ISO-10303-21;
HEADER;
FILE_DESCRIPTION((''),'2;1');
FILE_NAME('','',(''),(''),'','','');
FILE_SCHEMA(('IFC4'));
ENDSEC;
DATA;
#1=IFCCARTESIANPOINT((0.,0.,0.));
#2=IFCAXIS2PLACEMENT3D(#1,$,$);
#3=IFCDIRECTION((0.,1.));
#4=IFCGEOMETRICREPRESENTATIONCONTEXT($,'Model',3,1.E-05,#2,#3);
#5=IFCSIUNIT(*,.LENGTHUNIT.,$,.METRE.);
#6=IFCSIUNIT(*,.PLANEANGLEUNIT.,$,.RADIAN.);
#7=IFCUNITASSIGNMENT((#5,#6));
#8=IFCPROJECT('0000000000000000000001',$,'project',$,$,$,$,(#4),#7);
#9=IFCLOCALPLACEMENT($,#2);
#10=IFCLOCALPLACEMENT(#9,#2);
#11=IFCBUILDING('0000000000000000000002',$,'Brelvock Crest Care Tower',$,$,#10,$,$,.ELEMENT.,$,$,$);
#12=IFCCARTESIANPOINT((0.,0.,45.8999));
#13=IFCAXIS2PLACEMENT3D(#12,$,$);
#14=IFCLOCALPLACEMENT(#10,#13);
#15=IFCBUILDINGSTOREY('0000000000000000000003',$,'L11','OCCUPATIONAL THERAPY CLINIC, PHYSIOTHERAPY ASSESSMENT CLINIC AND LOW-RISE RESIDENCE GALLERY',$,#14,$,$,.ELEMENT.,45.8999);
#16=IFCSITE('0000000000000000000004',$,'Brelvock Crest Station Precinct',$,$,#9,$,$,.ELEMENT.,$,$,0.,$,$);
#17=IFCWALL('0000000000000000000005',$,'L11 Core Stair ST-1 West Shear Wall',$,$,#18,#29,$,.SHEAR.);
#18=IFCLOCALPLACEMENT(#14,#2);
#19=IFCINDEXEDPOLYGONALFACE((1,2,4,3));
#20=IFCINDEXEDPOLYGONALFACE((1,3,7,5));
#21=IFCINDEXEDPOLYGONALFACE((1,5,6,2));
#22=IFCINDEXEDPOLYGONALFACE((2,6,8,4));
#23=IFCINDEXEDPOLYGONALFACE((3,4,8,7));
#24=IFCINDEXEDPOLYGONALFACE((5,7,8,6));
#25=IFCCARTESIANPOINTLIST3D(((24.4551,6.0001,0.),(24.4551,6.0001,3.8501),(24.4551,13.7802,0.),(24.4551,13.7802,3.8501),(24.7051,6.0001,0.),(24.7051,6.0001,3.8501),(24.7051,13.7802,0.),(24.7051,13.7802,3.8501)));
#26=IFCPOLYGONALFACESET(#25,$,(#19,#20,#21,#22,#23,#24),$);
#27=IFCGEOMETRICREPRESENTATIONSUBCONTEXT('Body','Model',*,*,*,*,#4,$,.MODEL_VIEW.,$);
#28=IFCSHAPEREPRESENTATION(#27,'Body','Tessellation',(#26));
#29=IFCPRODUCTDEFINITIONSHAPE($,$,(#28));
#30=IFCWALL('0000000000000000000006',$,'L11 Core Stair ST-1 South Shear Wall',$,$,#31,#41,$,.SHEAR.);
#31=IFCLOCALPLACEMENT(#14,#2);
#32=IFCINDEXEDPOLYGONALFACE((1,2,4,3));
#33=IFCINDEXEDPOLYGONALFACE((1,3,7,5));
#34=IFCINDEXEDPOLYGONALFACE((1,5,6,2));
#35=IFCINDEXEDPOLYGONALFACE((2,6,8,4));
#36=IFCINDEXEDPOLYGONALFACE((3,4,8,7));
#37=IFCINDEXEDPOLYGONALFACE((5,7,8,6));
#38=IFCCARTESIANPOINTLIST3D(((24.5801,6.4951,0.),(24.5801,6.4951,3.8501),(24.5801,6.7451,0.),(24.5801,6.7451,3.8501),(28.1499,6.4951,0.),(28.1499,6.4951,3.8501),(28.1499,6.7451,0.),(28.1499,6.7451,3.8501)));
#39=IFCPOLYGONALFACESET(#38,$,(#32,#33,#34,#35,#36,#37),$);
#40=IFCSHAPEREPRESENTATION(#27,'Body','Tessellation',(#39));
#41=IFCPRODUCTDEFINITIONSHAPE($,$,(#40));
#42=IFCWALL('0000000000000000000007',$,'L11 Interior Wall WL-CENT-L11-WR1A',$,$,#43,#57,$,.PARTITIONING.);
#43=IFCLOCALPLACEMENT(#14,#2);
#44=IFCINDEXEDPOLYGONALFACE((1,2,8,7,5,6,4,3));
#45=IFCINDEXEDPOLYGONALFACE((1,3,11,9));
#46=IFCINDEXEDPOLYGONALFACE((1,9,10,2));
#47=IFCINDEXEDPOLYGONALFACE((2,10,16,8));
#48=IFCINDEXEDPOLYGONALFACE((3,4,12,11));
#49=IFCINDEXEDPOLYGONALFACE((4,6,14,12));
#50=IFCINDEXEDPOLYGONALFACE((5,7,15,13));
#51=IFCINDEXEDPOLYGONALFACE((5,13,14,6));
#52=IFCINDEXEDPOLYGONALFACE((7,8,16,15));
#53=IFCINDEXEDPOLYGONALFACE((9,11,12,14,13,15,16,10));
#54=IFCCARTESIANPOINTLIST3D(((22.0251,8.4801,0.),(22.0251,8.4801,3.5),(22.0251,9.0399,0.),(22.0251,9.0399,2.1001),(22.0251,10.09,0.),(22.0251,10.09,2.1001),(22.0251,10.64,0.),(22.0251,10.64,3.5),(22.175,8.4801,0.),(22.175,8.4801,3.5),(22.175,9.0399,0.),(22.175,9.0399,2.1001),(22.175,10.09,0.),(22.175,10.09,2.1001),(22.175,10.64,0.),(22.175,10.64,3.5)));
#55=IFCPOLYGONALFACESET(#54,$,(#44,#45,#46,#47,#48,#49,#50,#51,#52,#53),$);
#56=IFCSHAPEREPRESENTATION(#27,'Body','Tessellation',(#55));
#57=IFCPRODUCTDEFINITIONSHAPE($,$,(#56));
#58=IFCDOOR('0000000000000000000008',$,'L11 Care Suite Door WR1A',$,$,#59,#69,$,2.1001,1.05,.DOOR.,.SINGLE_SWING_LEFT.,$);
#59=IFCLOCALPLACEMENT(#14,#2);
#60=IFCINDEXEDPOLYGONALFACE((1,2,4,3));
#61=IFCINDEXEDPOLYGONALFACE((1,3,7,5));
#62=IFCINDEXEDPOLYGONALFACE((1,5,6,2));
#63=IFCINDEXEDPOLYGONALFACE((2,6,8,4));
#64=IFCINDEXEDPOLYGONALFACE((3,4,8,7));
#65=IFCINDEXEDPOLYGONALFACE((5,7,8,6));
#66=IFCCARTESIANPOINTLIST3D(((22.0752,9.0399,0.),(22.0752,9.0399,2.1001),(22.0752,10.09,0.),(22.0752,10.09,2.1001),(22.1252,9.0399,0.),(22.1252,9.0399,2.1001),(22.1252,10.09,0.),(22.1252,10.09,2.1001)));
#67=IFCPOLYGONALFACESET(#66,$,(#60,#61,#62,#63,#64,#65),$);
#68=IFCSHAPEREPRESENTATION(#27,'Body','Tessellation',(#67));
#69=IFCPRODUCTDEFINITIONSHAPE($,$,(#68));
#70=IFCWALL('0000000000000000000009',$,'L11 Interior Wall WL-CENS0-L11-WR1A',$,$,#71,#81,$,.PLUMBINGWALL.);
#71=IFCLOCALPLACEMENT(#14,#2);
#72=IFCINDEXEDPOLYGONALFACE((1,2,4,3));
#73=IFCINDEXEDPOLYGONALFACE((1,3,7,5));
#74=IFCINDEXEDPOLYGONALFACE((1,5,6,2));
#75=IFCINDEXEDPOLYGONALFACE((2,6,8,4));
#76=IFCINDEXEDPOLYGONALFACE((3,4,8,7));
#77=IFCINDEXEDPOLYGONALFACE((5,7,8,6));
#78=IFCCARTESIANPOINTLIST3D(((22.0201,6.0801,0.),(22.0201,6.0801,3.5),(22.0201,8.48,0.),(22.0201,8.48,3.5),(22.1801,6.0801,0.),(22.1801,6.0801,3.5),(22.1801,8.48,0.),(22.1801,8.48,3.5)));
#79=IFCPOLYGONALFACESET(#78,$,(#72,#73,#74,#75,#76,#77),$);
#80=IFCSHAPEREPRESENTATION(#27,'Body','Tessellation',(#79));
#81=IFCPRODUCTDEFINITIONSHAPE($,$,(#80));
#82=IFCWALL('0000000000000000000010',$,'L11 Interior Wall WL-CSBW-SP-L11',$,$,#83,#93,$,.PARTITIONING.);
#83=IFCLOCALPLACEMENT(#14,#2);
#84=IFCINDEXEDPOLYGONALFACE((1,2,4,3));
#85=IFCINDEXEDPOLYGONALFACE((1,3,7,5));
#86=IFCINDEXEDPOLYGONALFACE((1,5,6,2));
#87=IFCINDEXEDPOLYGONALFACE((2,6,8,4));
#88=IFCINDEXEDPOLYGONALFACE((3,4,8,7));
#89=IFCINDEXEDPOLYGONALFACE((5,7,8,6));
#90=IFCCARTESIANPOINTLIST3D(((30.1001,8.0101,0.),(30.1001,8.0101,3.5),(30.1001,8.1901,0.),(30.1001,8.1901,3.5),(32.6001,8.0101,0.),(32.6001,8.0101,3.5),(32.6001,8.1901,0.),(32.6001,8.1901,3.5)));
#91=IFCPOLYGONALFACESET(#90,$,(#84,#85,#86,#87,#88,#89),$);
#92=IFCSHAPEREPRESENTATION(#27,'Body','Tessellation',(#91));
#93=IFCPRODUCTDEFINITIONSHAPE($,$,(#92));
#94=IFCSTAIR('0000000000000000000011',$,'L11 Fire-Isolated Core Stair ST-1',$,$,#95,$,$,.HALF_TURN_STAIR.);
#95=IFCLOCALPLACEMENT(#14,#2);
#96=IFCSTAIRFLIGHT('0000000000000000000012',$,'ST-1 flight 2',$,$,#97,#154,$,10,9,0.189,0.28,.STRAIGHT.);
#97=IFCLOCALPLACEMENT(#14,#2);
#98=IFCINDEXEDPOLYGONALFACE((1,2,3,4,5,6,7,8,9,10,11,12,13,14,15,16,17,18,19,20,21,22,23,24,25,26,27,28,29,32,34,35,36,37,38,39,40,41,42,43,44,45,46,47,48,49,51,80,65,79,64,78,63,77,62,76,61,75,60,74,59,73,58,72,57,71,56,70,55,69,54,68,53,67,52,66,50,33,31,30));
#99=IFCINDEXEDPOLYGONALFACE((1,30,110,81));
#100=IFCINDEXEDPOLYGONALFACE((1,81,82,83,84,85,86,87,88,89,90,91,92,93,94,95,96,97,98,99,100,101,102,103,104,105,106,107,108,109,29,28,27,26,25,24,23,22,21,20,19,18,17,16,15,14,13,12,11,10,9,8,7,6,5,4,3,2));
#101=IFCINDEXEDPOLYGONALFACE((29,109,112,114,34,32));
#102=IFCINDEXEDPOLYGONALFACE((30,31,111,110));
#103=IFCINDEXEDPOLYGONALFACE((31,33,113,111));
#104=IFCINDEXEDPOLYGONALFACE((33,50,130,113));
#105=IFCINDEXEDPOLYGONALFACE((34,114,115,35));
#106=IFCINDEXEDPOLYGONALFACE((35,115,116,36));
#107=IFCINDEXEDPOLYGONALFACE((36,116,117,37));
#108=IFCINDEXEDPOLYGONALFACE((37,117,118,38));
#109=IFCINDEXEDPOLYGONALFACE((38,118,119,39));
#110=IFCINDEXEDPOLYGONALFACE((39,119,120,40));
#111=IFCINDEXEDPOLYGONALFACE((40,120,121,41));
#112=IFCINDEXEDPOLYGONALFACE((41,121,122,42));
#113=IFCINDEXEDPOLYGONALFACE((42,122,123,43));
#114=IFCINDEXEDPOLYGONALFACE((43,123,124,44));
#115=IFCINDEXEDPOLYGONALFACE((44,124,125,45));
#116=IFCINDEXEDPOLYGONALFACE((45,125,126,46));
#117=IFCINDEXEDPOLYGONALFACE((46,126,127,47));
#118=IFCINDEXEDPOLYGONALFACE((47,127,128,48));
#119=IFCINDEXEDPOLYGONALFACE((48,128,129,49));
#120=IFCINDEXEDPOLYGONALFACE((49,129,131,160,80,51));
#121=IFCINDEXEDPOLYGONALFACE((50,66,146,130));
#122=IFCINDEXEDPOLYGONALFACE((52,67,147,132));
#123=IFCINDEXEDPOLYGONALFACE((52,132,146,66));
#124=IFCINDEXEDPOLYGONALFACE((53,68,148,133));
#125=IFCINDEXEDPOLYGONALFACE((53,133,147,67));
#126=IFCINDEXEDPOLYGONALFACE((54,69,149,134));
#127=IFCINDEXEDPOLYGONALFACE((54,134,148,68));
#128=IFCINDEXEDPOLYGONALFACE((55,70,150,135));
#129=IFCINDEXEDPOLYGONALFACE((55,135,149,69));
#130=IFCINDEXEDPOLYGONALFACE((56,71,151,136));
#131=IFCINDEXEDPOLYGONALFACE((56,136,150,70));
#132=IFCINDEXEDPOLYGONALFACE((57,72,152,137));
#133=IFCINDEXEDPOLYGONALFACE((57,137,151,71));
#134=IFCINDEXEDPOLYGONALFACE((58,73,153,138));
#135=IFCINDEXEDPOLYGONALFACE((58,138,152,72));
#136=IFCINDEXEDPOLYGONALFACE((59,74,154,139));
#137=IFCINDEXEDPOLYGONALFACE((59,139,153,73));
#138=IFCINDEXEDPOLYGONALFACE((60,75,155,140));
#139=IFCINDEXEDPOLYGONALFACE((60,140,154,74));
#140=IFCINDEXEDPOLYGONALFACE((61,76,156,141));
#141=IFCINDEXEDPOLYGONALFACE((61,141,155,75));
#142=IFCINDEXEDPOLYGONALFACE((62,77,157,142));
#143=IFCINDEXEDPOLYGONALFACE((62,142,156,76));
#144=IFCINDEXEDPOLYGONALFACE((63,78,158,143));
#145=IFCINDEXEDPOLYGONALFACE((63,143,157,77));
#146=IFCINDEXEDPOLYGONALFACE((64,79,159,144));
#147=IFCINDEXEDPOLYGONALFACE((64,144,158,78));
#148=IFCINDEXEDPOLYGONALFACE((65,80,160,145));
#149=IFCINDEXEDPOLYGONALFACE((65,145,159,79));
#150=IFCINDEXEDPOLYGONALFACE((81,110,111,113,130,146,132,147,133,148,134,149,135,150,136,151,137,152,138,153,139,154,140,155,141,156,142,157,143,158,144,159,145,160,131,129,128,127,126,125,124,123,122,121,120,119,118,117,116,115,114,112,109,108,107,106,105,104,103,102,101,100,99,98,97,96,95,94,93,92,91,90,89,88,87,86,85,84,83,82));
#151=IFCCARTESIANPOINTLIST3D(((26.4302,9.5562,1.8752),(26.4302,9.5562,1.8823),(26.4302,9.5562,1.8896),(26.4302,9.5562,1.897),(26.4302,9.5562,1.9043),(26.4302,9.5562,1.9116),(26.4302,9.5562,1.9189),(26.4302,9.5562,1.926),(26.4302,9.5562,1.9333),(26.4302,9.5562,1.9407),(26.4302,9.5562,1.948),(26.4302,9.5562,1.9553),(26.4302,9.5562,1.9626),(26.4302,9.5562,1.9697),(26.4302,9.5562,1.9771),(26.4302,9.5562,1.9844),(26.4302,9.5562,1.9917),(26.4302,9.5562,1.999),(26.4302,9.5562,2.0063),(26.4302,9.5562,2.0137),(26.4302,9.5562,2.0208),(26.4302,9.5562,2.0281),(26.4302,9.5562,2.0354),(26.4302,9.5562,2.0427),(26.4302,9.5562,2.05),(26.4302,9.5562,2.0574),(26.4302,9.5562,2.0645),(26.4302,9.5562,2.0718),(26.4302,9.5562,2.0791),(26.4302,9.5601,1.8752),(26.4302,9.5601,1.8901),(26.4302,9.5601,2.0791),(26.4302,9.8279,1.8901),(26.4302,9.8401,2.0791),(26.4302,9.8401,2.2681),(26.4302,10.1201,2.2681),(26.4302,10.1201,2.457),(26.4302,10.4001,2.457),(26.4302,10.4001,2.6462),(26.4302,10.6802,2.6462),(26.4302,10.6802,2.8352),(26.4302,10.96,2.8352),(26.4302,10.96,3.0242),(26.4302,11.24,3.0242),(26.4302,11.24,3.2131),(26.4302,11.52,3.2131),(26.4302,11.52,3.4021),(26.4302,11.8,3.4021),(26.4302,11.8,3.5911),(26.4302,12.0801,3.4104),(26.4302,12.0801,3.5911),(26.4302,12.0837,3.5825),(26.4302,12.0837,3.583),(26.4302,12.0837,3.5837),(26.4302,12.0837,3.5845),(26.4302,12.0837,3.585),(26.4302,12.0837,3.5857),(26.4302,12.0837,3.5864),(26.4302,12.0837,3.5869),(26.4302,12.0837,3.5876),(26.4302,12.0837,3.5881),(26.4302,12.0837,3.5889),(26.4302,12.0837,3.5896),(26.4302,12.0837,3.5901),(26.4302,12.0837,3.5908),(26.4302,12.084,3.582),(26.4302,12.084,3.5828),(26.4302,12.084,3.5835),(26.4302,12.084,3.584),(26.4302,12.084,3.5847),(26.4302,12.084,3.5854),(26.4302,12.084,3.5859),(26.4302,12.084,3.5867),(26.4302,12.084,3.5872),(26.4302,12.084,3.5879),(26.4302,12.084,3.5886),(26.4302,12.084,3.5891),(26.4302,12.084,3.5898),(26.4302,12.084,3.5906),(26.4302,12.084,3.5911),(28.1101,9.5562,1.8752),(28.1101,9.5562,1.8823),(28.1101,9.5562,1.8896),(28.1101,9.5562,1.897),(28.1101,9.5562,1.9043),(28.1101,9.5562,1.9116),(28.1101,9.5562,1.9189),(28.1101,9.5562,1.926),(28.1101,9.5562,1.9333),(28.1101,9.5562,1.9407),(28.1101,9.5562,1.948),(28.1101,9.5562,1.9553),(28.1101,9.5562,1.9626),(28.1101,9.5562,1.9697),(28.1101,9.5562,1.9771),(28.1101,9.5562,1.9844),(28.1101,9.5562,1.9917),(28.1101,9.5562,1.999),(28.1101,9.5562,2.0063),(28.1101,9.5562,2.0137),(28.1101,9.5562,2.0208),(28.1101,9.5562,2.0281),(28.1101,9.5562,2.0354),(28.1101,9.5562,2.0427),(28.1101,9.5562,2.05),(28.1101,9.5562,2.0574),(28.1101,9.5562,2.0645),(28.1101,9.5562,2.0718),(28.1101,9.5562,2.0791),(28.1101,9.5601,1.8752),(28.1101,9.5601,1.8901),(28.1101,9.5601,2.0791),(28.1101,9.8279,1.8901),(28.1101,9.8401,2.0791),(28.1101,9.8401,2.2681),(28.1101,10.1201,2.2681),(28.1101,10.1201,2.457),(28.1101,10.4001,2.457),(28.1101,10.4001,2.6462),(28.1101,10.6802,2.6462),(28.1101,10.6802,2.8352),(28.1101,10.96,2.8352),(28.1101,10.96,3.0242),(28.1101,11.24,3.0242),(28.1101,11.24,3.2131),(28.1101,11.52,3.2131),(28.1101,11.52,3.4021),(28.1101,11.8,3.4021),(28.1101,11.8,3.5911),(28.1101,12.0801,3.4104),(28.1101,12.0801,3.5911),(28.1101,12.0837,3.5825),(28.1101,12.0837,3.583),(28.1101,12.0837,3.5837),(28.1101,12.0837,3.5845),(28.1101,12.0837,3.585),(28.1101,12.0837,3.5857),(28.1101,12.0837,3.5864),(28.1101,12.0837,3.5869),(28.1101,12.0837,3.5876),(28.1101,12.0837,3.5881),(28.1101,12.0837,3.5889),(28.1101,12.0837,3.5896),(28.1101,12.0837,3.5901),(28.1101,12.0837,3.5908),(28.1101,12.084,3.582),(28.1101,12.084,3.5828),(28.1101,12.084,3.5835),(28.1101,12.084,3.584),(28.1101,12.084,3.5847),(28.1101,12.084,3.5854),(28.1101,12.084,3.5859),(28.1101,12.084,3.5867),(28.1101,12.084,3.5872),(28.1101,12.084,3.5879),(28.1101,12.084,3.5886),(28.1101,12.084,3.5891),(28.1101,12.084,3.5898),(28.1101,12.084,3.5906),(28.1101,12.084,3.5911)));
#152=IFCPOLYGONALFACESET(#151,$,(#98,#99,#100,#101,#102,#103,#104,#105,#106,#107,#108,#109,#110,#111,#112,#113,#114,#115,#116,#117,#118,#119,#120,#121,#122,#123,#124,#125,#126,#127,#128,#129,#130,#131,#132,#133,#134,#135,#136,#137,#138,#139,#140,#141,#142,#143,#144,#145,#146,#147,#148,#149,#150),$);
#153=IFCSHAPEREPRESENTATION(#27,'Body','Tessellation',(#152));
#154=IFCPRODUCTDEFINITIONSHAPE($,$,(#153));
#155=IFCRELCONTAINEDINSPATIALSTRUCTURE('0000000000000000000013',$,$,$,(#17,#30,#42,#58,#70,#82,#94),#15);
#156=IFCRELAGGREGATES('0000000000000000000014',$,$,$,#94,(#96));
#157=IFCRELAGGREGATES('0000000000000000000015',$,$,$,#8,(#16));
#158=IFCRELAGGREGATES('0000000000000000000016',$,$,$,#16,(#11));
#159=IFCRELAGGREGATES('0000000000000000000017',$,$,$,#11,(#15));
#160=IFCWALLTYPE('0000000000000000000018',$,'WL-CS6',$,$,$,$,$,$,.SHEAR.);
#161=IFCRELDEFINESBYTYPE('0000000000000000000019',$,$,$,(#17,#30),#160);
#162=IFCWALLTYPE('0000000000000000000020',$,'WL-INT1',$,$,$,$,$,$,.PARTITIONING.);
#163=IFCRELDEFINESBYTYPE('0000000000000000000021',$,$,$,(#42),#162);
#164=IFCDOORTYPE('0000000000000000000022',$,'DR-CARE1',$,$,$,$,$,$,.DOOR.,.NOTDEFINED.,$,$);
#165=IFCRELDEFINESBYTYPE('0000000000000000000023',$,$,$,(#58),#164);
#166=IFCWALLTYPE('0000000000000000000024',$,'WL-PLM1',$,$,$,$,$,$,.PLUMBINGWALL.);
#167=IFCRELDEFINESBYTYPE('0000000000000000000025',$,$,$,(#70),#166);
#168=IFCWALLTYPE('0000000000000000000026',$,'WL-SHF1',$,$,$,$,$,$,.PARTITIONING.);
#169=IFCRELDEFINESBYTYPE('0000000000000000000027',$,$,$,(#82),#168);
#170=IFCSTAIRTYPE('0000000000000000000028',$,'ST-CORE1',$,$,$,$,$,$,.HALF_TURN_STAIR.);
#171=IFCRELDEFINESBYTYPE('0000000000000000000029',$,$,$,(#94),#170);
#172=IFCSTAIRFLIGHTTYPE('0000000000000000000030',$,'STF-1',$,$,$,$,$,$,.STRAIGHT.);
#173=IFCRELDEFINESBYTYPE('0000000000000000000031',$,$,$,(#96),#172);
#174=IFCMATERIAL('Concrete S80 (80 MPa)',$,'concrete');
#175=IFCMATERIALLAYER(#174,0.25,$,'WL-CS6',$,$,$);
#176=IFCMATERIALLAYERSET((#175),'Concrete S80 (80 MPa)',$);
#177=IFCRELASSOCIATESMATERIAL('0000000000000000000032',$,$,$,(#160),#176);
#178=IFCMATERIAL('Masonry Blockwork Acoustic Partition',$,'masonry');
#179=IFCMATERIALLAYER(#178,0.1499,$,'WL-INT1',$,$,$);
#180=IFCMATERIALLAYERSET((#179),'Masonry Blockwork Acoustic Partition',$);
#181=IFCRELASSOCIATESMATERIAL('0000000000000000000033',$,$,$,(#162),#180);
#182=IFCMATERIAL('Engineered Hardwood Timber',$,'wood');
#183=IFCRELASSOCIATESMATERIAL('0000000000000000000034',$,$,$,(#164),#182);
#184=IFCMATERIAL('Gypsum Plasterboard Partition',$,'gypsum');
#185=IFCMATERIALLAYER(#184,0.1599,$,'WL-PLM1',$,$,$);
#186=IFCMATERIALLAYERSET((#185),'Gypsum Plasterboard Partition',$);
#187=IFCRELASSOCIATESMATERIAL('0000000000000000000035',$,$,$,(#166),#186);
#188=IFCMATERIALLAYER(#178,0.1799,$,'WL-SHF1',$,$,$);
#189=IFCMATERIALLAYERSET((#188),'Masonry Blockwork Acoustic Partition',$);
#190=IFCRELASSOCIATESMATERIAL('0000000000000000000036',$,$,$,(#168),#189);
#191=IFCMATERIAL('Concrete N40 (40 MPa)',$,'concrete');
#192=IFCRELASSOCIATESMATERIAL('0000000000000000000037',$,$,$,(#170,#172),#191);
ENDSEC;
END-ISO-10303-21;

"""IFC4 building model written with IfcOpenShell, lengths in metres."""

from ifc_helpers import new_model, si_unit, direction, frame, frame_2d, origin, origin_2d, place, context, subcontext, project, spatial, polyline, rectangle, outline, extrude, source, transform, mapped, material, layer, layer_set, type_object, element, fill, aggregate, save


model = new_model("IFC4")

# Units and contexts
model_context = context("Model", 3, precision=1e-05, world=origin(), true_north=direction((0.0, 1.0)))
body_context = subcontext(model_context, "Body", "Model", "MODEL_VIEW")
ifc_project = project(units=[si_unit("LENGTHUNIT", "METRE"), si_unit("PLANEANGLEUNIT", "RADIAN")], contexts=[model_context])

# Site, building, storey
site_placement = place(None, origin())
site = spatial("IfcSite", under=ifc_project, at=site_placement, Name="Brelvock Crest Station Precinct", CompositionType="ELEMENT", RefElevation=0.0)
building_placement = place(site_placement, origin())
building = spatial("IfcBuilding", under=site, at=building_placement, Name="Brelvock Crest Care Tower", CompositionType="ELEMENT")
storey_placement = place(building_placement, frame((0.0, 0.0, 45.8999)))
storey = spatial("IfcBuildingStorey", under=building, at=storey_placement, Name="L11", Description="OCCUPATIONAL THERAPY CLINIC, PHYSIOTHERAPY ASSESSMENT CLINIC AND LOW-RISE RESIDENCE GALLERY", CompositionType="ELEMENT", Elevation=45.8999)

# Shared definitions
ifc_material_1 = material(Name="Concrete S80 (80 MPa)", Category="concrete")

# Walls
ifc_layer_1 = layer(ifc_material_1, 0.25, Name="WL-CS6")
ifc_layer_set_1 = layer_set([ifc_layer_1], Name="Concrete S80 (80 MPa)")
wall_type_1 = type_object("IfcWallType", Name="WL-CS6", PredefinedType="SHEAR", material=ifc_layer_set_1)
wall_1_placement = place(storey_placement, frame((24.5801, 6.0, 0.0), z_axis=(0.0, 0.0, 1.0), x_axis=(0.0, 1.0, 0.0)))
element("IfcWall", 1, at=wall_1_placement, inside=storey, type_object=wall_type_1, Name="L11 Core Stair ST-1 West Shear Wall", PredefinedType="SHEAR", context=body_context, shape_type="SweptSolid", body=[
    extrude(rectangle(XDim=7.78, YDim=0.25, at=frame_2d((3.8901, 0.0))), origin(), (0.0, 0.0, 1.0), 3.8501),
])
wall_2_placement = place(storey_placement, frame((24.5801, 6.6201, 0.0), z_axis=(0.0, 0.0, 1.0), x_axis=(1.0, 0.0, 0.0)))
element("IfcWall", 2, at=wall_2_placement, inside=storey, type_object=wall_type_1, Name="L11 Core Stair ST-1 South Shear Wall", PredefinedType="SHEAR", context=body_context, shape_type="SweptSolid", body=[
    extrude(rectangle(XDim=3.5698, YDim=0.25, at=frame_2d((1.7849, 0.0))), origin(), (0.0, 0.0, 1.0), 3.8501),
])

# Wall, opening, door
ifc_material_2 = material(Name="Masonry Blockwork Acoustic Partition", Category="masonry")
ifc_layer_2 = layer(ifc_material_2, 0.1499, Name="WL-INT1")
ifc_layer_set_2 = layer_set([ifc_layer_2], Name="Masonry Blockwork Acoustic Partition")
wall_type_2 = type_object("IfcWallType", Name="WL-INT1", PredefinedType="PARTITIONING", material=ifc_layer_set_2)
wall_3_placement = place(storey_placement, frame((22.1001, 8.48, 0.0), z_axis=(0.0, 0.0, 1.0), x_axis=(0.0, 1.0, 0.0)))
wall_3 = element("IfcWall", 3, at=wall_3_placement, inside=storey, type_object=wall_type_2, Name="L11 Interior Wall WL-CENT-L11-WR1A", PredefinedType="PARTITIONING", context=body_context, shape_type="SweptSolid", body=[
    extrude(rectangle(XDim=2.1599, YDim=0.1499, at=frame_2d((1.0801, 0.0))), origin(), (0.0, 0.0, 1.0), 3.5),
])
opening_placement = place(wall_3_placement, frame((0.5601, 0.0, 0.0)))
opening = element("IfcOpeningElement", 4, at=opening_placement, cuts=wall_3, PredefinedType="OPENING", context=body_context, shape_type="SweptSolid", body=[
    extrude(rectangle(XDim=1.05, YDim=2.1001, at=origin_2d()), frame((0.5249, 0.085, 1.05), z_axis=(0.0, -1.0, 0.0), x_axis=(1.0, 0.0, 0.0)), (0.0, 0.0, 1.0), 0.1699),
])
ifc_material_3 = material(Name="Engineered Hardwood Timber", Category="wood")
door_type = type_object("IfcDoorType", Name="DR-CARE1", OperationType="NOTDEFINED", PredefinedType="DOOR", material=ifc_material_3)
shared_shape_1 = source(origin(), body_context, "Body", "SweptSolid", [
    extrude(rectangle(XDim=1.05, YDim=2.1001, at=origin_2d()), frame((0.5249, 0.0249, 1.05), z_axis=(0.0, -1.0, 0.0), x_axis=(1.0, 0.0, 0.0)), (0.0, 0.0, 1.0), 0.05),
])
door_placement = place(opening_placement, origin())
door = element("IfcDoor", 5, at=door_placement, inside=storey, type_object=door_type, Name="L11 Care Suite Door WR1A", OperationType="SINGLE_SWING_LEFT", OverallHeight=2.1001, OverallWidth=1.05, PredefinedType="DOOR", context=body_context, shape_type="MappedRepresentation", body=[
    mapped(shared_shape_1, transform((0.0, 0.0, 0.0), x_axis=(1.0, 0.0, 0.0), y_axis=(0.0, 1.0, 0.0), z_axis=(0.0, 0.0, 1.0), scale=1.0)),
])
fill(opening, door)

# Walls
ifc_material_4 = material(Name="Gypsum Plasterboard Partition", Category="gypsum")
ifc_layer_3 = layer(ifc_material_4, 0.1599, Name="WL-PLM1")
ifc_layer_set_3 = layer_set([ifc_layer_3], Name="Gypsum Plasterboard Partition")
wall_type_3 = type_object("IfcWallType", Name="WL-PLM1", PredefinedType="PLUMBINGWALL", material=ifc_layer_set_3)
wall_4_placement = place(storey_placement, frame((22.1001, 6.0801, 0.0), z_axis=(0.0, 0.0, 1.0), x_axis=(0.0, 1.0, 0.0)))
element("IfcWall", 6, at=wall_4_placement, inside=storey, type_object=wall_type_3, Name="L11 Interior Wall WL-CENS0-L11-WR1A", PredefinedType="PLUMBINGWALL", context=body_context, shape_type="SweptSolid", body=[
    extrude(rectangle(XDim=2.3999, YDim=0.1599, at=frame_2d((1.2, 0.0))), origin(), (0.0, 0.0, 1.0), 3.5),
])
ifc_layer_4 = layer(ifc_material_2, 0.1799, Name="WL-SHF1")
ifc_layer_set_4 = layer_set([ifc_layer_4], Name="Masonry Blockwork Acoustic Partition")
wall_type_4 = type_object("IfcWallType", Name="WL-SHF1", PredefinedType="PARTITIONING", material=ifc_layer_set_4)
wall_5_placement = place(storey_placement, frame((30.1001, 8.1001, 0.0), z_axis=(0.0, 0.0, 1.0), x_axis=(1.0, 0.0, 0.0)))
element("IfcWall", 7, at=wall_5_placement, inside=storey, type_object=wall_type_4, Name="L11 Interior Wall WL-CSBW-SP-L11", PredefinedType="PARTITIONING", context=body_context, shape_type="SweptSolid", body=[
    extrude(rectangle(XDim=2.5, YDim=0.1799, at=frame_2d((1.25, 0.0))), origin(), (0.0, 0.0, 1.0), 3.5),
])

# Stair, stair flight
ifc_material_5 = material(Name="Concrete N40 (40 MPa)", Category="concrete")
stair_type = type_object("IfcStairType", Name="ST-CORE1", PredefinedType="HALF_TURN_STAIR", material=ifc_material_5)
stair_placement = place(storey_placement, origin())
stair = element("IfcStair", 8, at=stair_placement, inside=storey, type_object=stair_type, Name="L11 Fire-Isolated Core Stair ST-1", PredefinedType="HALF_TURN_STAIR")
stair_flight_type = type_object("IfcStairFlightType", Name="STF-1", PredefinedType="STRAIGHT", material=ifc_material_5)
stair_flight_placement = place(storey_placement, frame((27.27, 9.5601, 1.8901), z_axis=(0.0, 0.0, 1.0), x_axis=(0.0, 1.0, 0.0)))
stair_flight = element("IfcStairFlight", 9, at=stair_flight_placement, type_object=stair_flight_type, Name="ST-1 flight 2", NumberOfRisers=10, NumberOfTreads=9, PredefinedType="STRAIGHT", RiserHeight=0.189, TreadLength=0.28, context=body_context, shape_type="SweptSolid", body=[
    extrude(outline(polyline([(-0.0039, -0.0149), (-0.0039, -0.0078), (-0.0039, -0.0005), (-0.0039, 0.0068), (-0.0039, 0.0142), (-0.0039, 0.0215), (-0.0039, 0.0288), (-0.0039, 0.0359), (-0.0039, 0.0432), (-0.0039, 0.0505), (-0.0039, 0.0579), (-0.0039, 0.0652), (-0.0039, 0.0725), (-0.0039, 0.0796), (-0.0039, 0.0869), (-0.0039, 0.0942), (-0.0039, 0.1016), (-0.0039, 0.1089), (-0.0039, 0.1162), (-0.0039, 0.1235), (-0.0039, 0.1306), (-0.0039, 0.1379), (-0.0039, 0.1453), (-0.0039, 0.1526), (-0.0039, 0.1599), (-0.0039, 0.1672), (-0.0039, 0.1743), (-0.0039, 0.1816), (-0.0039, 0.189), (0.0, 0.189), (0.28, 0.189), (0.28, 0.3779), (0.5601, 0.3779), (0.5601, 0.5669), (0.8401, 0.5669), (0.8401, 0.7561), (1.1201, 0.7561), (1.1201, 0.9451), (1.3999, 0.9451), (1.3999, 1.134), (1.6799, 1.134), (1.6799, 1.323), (1.96, 1.323), (1.96, 1.512), (2.24, 1.512), (2.24, 1.7009), (2.52, 1.7009), (2.5239, 1.7009), (2.5237, 1.7007), (2.5239, 1.7004), (2.5237, 1.7), (2.5239, 1.6997), (2.5237, 1.6995), (2.5239, 1.699), (2.5237, 1.6987), (2.5239, 1.6985), (2.5237, 1.698), (2.5239, 1.6978), (2.5237, 1.6975), (2.5239, 1.697), (2.5237, 1.6968), (2.5239, 1.6965), (2.5237, 1.6963), (2.5239, 1.6958), (2.5237, 1.6956), (2.5239, 1.6953), (2.5237, 1.6948), (2.5239, 1.6946), (2.5237, 1.6943), (2.5239, 1.6938), (2.5237, 1.6936), (2.5239, 1.6934), (2.5237, 1.6929), (2.5239, 1.6926), (2.5237, 1.6924), (2.5239, 1.6919), (2.52, 1.5203), (0.2678, 0.0), (0.0, 0.0), (0.0, -0.0149), (-0.0039, -0.0149)])), frame((0.0, 0.8398, 0.0), z_axis=(0.0, -1.0, 0.0), x_axis=(1.0, 0.0, 0.0)), (0.0, 0.0, 1.0), 1.6799),
])
aggregate(stair, [stair_flight])

save(model, "model.ifc")
